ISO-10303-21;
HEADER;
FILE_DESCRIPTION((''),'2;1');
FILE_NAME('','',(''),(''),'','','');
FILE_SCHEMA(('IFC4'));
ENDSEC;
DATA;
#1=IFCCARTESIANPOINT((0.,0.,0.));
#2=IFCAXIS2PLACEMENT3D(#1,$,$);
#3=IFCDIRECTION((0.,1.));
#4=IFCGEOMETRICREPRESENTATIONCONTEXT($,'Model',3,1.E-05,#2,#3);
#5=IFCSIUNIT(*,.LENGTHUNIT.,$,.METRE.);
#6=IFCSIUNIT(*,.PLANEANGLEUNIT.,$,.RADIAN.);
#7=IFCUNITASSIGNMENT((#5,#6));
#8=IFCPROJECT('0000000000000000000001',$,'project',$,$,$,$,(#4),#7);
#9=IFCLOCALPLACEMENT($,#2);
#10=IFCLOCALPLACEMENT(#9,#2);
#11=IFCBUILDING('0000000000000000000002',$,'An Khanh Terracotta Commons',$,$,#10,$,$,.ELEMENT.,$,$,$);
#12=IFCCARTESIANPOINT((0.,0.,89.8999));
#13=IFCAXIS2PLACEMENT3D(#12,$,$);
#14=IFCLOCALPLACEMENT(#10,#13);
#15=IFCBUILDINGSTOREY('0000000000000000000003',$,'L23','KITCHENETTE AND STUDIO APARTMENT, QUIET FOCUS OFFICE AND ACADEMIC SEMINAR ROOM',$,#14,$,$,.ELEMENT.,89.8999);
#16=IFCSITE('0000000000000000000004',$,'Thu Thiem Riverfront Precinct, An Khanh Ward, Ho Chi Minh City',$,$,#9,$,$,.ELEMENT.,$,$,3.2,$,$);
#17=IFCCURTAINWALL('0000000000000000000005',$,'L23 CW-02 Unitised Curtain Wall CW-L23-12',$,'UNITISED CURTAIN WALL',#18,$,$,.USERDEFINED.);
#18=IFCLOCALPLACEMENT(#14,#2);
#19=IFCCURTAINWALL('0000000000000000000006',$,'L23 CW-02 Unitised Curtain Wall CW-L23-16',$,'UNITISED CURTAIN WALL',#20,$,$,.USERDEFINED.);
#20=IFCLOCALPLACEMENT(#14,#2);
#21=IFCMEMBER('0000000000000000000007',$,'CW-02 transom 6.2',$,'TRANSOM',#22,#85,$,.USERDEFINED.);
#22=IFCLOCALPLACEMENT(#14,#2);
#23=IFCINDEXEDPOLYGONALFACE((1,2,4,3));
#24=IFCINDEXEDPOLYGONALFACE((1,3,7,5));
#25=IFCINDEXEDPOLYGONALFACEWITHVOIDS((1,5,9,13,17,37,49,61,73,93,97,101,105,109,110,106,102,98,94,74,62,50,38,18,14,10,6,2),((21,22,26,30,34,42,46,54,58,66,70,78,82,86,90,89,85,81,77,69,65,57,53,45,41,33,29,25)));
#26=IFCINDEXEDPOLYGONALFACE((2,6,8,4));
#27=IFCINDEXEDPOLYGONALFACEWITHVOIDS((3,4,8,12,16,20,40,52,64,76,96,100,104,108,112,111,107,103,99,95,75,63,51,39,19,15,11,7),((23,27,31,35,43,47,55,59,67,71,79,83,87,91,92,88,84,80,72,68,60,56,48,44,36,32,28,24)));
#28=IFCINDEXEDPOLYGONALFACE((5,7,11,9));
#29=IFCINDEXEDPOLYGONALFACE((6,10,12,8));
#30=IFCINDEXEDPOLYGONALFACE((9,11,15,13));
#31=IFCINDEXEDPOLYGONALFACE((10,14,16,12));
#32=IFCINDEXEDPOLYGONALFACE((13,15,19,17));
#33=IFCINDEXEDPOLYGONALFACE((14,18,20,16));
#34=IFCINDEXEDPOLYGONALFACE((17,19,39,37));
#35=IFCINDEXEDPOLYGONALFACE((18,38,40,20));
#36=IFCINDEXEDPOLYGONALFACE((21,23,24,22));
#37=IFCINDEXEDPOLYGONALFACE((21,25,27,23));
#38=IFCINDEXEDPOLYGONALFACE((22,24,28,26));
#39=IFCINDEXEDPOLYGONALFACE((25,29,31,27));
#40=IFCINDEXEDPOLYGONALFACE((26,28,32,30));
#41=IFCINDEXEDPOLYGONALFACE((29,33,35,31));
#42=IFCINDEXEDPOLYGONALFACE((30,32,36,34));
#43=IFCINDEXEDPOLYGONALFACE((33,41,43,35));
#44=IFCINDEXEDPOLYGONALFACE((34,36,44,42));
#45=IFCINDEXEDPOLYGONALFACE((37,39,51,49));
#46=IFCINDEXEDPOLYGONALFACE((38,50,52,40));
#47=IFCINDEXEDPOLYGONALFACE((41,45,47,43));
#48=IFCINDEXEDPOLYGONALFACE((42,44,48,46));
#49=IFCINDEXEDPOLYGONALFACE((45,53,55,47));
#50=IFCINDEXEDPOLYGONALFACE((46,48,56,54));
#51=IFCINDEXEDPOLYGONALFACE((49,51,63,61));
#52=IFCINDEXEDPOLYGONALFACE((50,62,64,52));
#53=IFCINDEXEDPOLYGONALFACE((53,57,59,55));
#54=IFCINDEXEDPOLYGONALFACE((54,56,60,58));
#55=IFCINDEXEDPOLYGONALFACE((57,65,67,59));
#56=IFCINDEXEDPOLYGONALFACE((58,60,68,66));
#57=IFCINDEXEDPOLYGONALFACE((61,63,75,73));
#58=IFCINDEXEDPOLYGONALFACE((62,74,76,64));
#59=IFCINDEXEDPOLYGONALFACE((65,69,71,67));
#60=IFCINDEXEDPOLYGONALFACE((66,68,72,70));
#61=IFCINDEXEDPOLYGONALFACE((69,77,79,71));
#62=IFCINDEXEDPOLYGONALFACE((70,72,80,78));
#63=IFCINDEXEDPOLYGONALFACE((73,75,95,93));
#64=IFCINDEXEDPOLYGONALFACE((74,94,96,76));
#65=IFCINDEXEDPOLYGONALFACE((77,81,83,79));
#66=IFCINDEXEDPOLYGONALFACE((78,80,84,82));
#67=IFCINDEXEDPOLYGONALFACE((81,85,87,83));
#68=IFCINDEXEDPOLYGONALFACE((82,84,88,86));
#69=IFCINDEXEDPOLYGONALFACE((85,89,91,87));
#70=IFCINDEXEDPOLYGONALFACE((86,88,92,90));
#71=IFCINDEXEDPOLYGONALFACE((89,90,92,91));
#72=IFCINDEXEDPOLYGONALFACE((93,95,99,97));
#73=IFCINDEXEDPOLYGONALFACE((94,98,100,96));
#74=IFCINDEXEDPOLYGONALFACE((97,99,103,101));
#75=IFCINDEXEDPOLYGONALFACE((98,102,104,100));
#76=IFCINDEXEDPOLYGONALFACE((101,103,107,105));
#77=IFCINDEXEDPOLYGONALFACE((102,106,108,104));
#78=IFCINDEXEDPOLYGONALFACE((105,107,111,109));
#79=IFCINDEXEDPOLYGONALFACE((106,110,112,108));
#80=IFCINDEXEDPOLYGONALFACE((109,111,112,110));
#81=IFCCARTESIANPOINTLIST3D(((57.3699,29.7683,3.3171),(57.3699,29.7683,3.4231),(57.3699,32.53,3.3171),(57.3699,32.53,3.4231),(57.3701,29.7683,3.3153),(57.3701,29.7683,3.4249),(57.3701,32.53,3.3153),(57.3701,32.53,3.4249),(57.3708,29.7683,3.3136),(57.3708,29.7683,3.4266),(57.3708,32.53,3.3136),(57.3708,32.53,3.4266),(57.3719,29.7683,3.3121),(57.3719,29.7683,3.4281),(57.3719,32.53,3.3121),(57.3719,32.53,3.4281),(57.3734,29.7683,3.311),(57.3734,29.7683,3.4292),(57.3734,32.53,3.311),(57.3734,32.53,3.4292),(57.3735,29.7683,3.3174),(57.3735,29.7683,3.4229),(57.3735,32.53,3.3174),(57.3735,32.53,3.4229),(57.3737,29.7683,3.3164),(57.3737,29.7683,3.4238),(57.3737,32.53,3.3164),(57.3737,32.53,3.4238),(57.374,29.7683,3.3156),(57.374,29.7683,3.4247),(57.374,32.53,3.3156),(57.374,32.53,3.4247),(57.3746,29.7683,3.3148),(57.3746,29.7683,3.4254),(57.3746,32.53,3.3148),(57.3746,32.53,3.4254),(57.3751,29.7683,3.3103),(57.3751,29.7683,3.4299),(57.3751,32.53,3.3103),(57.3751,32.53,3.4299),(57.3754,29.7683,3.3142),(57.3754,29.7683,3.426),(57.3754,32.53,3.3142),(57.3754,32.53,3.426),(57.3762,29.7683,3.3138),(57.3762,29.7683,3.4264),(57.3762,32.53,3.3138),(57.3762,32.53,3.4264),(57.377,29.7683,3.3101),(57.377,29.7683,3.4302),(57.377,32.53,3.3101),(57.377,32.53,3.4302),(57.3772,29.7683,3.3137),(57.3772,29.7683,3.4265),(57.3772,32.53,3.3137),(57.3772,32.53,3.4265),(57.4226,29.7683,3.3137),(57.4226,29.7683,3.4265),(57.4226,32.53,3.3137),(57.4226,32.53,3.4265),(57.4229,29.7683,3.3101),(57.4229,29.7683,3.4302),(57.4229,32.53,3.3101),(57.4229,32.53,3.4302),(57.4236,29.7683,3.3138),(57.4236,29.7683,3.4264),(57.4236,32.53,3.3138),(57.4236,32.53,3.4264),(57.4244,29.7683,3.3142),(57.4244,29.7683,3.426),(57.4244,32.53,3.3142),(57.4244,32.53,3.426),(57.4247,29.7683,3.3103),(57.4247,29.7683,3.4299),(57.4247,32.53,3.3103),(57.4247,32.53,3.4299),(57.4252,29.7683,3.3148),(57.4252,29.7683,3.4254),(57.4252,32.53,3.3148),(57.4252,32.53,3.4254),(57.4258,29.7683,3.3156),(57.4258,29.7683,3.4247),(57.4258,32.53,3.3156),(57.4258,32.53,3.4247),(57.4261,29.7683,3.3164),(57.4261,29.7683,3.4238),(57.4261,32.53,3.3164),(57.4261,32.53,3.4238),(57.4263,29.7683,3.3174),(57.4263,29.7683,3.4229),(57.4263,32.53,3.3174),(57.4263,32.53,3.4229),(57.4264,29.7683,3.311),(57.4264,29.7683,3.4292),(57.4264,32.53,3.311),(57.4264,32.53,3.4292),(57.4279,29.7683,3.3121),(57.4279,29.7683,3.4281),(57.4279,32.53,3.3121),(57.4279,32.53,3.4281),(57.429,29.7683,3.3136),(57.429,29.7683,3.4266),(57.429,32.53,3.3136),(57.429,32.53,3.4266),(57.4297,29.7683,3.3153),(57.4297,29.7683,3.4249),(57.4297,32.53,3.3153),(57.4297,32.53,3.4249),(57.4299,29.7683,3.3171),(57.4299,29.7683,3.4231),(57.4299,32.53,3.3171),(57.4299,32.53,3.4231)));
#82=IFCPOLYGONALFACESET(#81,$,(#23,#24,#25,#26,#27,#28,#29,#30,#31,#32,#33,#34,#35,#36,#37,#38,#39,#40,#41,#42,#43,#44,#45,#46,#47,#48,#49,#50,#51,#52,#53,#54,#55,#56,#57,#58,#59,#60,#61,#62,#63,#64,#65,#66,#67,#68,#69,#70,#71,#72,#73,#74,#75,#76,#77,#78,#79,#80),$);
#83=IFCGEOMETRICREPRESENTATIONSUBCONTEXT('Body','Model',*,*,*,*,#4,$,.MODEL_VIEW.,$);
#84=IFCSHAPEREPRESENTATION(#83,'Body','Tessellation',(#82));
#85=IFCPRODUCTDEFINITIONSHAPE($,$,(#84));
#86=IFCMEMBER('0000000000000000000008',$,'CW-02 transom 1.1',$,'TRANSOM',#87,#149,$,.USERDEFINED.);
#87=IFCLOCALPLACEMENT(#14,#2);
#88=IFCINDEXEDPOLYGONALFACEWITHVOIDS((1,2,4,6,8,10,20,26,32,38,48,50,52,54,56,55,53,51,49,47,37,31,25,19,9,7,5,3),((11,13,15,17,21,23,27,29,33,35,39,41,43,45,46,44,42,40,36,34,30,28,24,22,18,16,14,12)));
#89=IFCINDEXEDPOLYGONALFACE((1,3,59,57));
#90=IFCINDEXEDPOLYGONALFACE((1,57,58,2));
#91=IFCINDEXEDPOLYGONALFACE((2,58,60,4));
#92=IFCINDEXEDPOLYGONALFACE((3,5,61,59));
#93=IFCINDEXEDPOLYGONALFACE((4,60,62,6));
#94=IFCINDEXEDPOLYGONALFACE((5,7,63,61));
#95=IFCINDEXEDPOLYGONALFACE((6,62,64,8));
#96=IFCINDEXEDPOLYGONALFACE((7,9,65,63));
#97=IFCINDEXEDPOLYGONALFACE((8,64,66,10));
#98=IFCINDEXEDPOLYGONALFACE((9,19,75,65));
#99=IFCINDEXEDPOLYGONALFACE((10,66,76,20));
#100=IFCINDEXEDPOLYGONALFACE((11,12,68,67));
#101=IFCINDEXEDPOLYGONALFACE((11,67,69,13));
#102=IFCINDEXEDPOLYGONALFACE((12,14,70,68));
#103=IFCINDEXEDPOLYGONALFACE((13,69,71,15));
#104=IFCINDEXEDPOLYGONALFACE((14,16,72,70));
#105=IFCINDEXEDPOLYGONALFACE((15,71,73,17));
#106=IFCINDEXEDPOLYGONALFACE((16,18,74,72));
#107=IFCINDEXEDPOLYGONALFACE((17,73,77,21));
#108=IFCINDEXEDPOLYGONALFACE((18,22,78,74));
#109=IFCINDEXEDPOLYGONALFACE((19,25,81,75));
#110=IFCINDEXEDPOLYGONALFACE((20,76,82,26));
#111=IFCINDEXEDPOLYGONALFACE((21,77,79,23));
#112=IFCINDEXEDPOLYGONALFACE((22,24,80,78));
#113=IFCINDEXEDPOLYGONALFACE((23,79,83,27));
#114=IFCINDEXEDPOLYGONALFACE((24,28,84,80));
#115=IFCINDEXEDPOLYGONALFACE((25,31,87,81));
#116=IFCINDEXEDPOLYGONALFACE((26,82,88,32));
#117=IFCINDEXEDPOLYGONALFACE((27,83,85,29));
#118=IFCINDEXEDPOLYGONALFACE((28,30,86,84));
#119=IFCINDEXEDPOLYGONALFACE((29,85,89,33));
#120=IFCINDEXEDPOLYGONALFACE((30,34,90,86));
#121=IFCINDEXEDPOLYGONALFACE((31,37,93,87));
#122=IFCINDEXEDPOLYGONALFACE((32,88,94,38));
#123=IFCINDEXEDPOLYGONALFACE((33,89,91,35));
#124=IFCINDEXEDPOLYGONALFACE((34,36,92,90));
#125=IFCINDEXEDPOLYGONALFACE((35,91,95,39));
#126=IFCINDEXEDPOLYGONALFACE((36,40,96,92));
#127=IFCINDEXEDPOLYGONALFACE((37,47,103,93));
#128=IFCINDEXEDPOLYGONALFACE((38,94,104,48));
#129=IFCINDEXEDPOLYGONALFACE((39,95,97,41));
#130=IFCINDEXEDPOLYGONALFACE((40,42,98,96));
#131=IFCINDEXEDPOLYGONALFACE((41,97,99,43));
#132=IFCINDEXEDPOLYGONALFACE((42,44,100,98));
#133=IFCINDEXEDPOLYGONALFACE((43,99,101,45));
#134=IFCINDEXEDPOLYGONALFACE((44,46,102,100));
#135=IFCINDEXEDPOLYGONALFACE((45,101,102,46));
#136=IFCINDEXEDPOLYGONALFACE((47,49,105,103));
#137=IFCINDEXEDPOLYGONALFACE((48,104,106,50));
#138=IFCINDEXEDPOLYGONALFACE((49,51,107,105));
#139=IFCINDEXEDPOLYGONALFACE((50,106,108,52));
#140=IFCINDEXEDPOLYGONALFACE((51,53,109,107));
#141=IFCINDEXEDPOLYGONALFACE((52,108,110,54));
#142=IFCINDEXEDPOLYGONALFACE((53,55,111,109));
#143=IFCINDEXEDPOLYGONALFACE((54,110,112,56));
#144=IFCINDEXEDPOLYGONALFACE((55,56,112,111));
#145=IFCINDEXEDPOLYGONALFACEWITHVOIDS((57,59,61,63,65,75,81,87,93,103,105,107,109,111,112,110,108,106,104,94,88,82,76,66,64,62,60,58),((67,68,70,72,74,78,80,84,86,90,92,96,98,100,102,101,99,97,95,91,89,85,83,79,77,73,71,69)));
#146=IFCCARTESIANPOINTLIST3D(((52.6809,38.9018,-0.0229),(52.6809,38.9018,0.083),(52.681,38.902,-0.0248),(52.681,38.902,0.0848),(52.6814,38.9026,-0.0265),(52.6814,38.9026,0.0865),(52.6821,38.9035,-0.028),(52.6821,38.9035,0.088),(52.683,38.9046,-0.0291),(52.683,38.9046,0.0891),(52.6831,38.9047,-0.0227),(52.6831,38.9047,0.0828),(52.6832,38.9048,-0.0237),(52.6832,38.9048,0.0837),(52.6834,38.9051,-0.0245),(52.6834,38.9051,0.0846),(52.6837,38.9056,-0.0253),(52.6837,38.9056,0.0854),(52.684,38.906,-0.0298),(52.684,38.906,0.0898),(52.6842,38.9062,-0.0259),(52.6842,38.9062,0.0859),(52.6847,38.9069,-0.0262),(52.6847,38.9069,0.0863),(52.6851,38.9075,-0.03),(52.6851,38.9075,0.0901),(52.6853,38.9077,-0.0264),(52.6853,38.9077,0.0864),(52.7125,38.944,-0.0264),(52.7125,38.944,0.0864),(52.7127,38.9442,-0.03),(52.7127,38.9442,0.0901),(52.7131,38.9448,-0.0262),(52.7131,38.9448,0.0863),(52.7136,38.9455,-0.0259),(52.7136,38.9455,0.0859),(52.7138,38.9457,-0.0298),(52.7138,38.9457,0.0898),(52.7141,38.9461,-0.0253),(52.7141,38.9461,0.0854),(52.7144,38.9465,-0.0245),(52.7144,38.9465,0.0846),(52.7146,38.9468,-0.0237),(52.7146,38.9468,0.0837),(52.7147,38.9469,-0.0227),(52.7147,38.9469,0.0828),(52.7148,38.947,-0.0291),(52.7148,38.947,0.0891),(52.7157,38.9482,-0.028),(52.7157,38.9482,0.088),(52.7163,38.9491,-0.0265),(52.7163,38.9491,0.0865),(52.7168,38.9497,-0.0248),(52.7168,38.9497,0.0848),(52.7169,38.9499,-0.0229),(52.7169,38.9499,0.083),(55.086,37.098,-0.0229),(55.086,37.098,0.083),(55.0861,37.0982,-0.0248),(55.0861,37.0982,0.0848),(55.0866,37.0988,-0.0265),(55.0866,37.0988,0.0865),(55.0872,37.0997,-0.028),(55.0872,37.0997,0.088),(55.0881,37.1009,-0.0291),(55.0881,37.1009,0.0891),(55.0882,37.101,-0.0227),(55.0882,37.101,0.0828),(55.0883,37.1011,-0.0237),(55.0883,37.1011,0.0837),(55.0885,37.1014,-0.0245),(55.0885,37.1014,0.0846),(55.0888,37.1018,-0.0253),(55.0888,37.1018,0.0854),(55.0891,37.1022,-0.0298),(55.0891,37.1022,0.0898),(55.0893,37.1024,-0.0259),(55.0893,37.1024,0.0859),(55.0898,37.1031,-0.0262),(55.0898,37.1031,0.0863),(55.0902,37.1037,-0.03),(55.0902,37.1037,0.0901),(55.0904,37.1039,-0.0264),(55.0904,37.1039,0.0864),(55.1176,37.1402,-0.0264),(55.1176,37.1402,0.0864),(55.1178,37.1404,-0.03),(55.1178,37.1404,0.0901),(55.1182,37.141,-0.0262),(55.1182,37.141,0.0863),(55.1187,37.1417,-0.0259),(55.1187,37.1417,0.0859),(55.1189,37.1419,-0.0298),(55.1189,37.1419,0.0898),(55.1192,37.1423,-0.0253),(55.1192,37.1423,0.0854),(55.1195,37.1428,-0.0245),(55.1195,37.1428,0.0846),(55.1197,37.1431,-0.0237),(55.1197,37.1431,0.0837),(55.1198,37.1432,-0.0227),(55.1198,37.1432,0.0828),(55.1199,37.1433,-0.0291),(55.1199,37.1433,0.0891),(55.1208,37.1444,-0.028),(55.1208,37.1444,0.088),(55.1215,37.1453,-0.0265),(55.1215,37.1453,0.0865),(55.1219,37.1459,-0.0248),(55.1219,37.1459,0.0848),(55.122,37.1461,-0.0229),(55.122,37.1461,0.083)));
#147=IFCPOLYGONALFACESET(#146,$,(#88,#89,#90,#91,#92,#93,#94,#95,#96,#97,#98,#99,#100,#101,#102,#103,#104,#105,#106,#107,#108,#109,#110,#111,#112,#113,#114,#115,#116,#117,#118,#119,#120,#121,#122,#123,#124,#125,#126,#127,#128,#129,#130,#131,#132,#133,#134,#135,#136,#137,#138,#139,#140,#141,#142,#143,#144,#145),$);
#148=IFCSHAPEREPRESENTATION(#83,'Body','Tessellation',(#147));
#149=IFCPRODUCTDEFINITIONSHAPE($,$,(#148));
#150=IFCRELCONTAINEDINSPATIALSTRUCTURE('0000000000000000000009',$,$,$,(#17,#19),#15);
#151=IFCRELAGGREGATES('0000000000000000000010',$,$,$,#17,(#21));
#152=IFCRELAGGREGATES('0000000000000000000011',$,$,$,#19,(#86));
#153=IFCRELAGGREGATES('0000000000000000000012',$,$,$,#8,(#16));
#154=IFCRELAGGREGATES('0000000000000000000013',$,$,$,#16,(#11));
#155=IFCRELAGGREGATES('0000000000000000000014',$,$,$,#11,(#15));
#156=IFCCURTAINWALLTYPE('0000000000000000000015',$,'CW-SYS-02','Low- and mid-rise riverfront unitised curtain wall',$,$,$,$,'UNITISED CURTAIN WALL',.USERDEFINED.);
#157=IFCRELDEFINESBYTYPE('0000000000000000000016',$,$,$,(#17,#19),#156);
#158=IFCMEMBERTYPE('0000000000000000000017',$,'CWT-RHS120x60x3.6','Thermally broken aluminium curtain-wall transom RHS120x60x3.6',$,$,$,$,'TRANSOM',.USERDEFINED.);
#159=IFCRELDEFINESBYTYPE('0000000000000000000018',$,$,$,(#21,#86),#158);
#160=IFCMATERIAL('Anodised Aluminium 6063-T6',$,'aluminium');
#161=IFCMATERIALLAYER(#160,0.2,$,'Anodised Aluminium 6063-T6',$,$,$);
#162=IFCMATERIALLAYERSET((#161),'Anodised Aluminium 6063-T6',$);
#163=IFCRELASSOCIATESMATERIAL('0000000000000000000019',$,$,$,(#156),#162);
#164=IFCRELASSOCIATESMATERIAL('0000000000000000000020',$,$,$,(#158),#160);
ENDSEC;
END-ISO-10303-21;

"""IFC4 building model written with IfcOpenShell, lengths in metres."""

from ifc_helpers import new_model, si_unit, direction, frame, origin, origin_2d, place, context, subcontext, project, spatial, hollow_rectangle, extrude, material, layer, layer_set, material_profile, profile_set, type_object, element, aggregate, save


model = new_model("IFC4")

# Units and contexts
model_context = context("Model", 3, precision=1e-05, world=origin(), true_north=direction((0.0, 1.0)))
body_context = subcontext(model_context, "Body", "Model", "MODEL_VIEW")
ifc_project = project(units=[si_unit("LENGTHUNIT", "METRE"), si_unit("PLANEANGLEUNIT", "RADIAN")], contexts=[model_context])

# Site, building, storey
site_placement = place(None, origin())
site = spatial("IfcSite", under=ifc_project, at=site_placement, Name="Thu Thiem Riverfront Precinct, An Khanh Ward, Ho Chi Minh City", CompositionType="ELEMENT", RefElevation=3.2)
building_placement = place(site_placement, origin())
building = spatial("IfcBuilding", under=site, at=building_placement, Name="An Khanh Terracotta Commons", CompositionType="ELEMENT")
storey_placement = place(building_placement, frame((0.0, 0.0, 89.8999)))
storey = spatial("IfcBuildingStorey", under=building, at=storey_placement, Name="L23", Description="KITCHENETTE AND STUDIO APARTMENT, QUIET FOCUS OFFICE AND ACADEMIC SEMINAR ROOM", CompositionType="ELEMENT", Elevation=89.8999)

# Curtain walls
ifc_material_1 = material(Name="Anodised Aluminium 6063-T6", Category="aluminium")
ifc_layer_1 = layer(ifc_material_1, 0.2, Name="Anodised Aluminium 6063-T6")
ifc_layer_set_1 = layer_set([ifc_layer_1], Name="Anodised Aluminium 6063-T6")
curtain_wall_type = type_object("IfcCurtainWallType", Name="CW-SYS-02", Description="Low- and mid-rise riverfront unitised curtain wall", ElementType="UNITISED CURTAIN WALL", PredefinedType="USERDEFINED", material=ifc_layer_set_1)
curtain_wall_1_placement = place(storey_placement, origin())
curtain_wall_1 = element("IfcCurtainWall", 1, at=curtain_wall_1_placement, inside=storey, type_object=curtain_wall_type, Name="L23 CW-02 Unitised Curtain Wall CW-L23-12", ObjectType="UNITISED CURTAIN WALL", PredefinedType="USERDEFINED")
curtain_wall_2_placement = place(storey_placement, origin())
curtain_wall_2 = element("IfcCurtainWall", 2, at=curtain_wall_2_placement, inside=storey, type_object=curtain_wall_type, Name="L23 CW-02 Unitised Curtain Wall CW-L23-16", ObjectType="UNITISED CURTAIN WALL", PredefinedType="USERDEFINED")

# Members
ifc_material_profile_1 = material_profile(ifc_material_1, hollow_rectangle(XDim=0.0601, YDim=0.1201, WallThickness=0.0037, InnerFilletRadius=0.0037, OuterFilletRadius=0.0071, at=origin_2d()), Name="RHS120x60x3.6")
ifc_profile_set_1 = profile_set([ifc_material_profile_1], Name="Anodised Aluminium 6063-T6")
member_type_1 = type_object("IfcMemberType", Name="CWT-RHS120x60x3.6", Description="Thermally broken aluminium curtain-wall transom RHS120x60x3.6", ElementType="TRANSOM", PredefinedType="USERDEFINED", material=ifc_profile_set_1)
member_1_placement = place(storey_placement, frame((57.3999, 29.7683, 3.3701), z_axis=(0.0, 1.0, 0.0), x_axis=(-1.0, 0.0, 0.0)))
member_1 = element("IfcMember", 3, at=member_1_placement, type_object=member_type_1, Name="CW-02 transom 6.2", ObjectType="TRANSOM", PredefinedType="USERDEFINED", context=body_context, shape_type="SweptSolid", body=[
    extrude(hollow_rectangle(XDim=0.0601, YDim=0.1201, WallThickness=0.0037, InnerFilletRadius=0.0037, OuterFilletRadius=0.0071, at=origin_2d()), origin(), (0.0, 0.0, 1.0), 2.7617),
])
member_2_placement = place(storey_placement, frame((55.104, 37.1221, 0.03), z_axis=(-0.80001, 0.599987, 0.0), x_axis=(-0.599987, -0.80001, 0.0)))
member_2 = element("IfcMember", 4, at=member_2_placement, type_object=member_type_1, Name="CW-02 transom 1.1", ObjectType="TRANSOM", PredefinedType="USERDEFINED", context=body_context, shape_type="SweptSolid", body=[
    extrude(hollow_rectangle(XDim=0.0601, YDim=0.1201, WallThickness=0.0037, InnerFilletRadius=0.0037, OuterFilletRadius=0.0071, at=origin_2d()), origin(), (0.0, 0.0, 1.0), 3.0063),
])

aggregate(curtain_wall_1, [member_1])
aggregate(curtain_wall_2, [member_2])

save(model, "model.ifc")
